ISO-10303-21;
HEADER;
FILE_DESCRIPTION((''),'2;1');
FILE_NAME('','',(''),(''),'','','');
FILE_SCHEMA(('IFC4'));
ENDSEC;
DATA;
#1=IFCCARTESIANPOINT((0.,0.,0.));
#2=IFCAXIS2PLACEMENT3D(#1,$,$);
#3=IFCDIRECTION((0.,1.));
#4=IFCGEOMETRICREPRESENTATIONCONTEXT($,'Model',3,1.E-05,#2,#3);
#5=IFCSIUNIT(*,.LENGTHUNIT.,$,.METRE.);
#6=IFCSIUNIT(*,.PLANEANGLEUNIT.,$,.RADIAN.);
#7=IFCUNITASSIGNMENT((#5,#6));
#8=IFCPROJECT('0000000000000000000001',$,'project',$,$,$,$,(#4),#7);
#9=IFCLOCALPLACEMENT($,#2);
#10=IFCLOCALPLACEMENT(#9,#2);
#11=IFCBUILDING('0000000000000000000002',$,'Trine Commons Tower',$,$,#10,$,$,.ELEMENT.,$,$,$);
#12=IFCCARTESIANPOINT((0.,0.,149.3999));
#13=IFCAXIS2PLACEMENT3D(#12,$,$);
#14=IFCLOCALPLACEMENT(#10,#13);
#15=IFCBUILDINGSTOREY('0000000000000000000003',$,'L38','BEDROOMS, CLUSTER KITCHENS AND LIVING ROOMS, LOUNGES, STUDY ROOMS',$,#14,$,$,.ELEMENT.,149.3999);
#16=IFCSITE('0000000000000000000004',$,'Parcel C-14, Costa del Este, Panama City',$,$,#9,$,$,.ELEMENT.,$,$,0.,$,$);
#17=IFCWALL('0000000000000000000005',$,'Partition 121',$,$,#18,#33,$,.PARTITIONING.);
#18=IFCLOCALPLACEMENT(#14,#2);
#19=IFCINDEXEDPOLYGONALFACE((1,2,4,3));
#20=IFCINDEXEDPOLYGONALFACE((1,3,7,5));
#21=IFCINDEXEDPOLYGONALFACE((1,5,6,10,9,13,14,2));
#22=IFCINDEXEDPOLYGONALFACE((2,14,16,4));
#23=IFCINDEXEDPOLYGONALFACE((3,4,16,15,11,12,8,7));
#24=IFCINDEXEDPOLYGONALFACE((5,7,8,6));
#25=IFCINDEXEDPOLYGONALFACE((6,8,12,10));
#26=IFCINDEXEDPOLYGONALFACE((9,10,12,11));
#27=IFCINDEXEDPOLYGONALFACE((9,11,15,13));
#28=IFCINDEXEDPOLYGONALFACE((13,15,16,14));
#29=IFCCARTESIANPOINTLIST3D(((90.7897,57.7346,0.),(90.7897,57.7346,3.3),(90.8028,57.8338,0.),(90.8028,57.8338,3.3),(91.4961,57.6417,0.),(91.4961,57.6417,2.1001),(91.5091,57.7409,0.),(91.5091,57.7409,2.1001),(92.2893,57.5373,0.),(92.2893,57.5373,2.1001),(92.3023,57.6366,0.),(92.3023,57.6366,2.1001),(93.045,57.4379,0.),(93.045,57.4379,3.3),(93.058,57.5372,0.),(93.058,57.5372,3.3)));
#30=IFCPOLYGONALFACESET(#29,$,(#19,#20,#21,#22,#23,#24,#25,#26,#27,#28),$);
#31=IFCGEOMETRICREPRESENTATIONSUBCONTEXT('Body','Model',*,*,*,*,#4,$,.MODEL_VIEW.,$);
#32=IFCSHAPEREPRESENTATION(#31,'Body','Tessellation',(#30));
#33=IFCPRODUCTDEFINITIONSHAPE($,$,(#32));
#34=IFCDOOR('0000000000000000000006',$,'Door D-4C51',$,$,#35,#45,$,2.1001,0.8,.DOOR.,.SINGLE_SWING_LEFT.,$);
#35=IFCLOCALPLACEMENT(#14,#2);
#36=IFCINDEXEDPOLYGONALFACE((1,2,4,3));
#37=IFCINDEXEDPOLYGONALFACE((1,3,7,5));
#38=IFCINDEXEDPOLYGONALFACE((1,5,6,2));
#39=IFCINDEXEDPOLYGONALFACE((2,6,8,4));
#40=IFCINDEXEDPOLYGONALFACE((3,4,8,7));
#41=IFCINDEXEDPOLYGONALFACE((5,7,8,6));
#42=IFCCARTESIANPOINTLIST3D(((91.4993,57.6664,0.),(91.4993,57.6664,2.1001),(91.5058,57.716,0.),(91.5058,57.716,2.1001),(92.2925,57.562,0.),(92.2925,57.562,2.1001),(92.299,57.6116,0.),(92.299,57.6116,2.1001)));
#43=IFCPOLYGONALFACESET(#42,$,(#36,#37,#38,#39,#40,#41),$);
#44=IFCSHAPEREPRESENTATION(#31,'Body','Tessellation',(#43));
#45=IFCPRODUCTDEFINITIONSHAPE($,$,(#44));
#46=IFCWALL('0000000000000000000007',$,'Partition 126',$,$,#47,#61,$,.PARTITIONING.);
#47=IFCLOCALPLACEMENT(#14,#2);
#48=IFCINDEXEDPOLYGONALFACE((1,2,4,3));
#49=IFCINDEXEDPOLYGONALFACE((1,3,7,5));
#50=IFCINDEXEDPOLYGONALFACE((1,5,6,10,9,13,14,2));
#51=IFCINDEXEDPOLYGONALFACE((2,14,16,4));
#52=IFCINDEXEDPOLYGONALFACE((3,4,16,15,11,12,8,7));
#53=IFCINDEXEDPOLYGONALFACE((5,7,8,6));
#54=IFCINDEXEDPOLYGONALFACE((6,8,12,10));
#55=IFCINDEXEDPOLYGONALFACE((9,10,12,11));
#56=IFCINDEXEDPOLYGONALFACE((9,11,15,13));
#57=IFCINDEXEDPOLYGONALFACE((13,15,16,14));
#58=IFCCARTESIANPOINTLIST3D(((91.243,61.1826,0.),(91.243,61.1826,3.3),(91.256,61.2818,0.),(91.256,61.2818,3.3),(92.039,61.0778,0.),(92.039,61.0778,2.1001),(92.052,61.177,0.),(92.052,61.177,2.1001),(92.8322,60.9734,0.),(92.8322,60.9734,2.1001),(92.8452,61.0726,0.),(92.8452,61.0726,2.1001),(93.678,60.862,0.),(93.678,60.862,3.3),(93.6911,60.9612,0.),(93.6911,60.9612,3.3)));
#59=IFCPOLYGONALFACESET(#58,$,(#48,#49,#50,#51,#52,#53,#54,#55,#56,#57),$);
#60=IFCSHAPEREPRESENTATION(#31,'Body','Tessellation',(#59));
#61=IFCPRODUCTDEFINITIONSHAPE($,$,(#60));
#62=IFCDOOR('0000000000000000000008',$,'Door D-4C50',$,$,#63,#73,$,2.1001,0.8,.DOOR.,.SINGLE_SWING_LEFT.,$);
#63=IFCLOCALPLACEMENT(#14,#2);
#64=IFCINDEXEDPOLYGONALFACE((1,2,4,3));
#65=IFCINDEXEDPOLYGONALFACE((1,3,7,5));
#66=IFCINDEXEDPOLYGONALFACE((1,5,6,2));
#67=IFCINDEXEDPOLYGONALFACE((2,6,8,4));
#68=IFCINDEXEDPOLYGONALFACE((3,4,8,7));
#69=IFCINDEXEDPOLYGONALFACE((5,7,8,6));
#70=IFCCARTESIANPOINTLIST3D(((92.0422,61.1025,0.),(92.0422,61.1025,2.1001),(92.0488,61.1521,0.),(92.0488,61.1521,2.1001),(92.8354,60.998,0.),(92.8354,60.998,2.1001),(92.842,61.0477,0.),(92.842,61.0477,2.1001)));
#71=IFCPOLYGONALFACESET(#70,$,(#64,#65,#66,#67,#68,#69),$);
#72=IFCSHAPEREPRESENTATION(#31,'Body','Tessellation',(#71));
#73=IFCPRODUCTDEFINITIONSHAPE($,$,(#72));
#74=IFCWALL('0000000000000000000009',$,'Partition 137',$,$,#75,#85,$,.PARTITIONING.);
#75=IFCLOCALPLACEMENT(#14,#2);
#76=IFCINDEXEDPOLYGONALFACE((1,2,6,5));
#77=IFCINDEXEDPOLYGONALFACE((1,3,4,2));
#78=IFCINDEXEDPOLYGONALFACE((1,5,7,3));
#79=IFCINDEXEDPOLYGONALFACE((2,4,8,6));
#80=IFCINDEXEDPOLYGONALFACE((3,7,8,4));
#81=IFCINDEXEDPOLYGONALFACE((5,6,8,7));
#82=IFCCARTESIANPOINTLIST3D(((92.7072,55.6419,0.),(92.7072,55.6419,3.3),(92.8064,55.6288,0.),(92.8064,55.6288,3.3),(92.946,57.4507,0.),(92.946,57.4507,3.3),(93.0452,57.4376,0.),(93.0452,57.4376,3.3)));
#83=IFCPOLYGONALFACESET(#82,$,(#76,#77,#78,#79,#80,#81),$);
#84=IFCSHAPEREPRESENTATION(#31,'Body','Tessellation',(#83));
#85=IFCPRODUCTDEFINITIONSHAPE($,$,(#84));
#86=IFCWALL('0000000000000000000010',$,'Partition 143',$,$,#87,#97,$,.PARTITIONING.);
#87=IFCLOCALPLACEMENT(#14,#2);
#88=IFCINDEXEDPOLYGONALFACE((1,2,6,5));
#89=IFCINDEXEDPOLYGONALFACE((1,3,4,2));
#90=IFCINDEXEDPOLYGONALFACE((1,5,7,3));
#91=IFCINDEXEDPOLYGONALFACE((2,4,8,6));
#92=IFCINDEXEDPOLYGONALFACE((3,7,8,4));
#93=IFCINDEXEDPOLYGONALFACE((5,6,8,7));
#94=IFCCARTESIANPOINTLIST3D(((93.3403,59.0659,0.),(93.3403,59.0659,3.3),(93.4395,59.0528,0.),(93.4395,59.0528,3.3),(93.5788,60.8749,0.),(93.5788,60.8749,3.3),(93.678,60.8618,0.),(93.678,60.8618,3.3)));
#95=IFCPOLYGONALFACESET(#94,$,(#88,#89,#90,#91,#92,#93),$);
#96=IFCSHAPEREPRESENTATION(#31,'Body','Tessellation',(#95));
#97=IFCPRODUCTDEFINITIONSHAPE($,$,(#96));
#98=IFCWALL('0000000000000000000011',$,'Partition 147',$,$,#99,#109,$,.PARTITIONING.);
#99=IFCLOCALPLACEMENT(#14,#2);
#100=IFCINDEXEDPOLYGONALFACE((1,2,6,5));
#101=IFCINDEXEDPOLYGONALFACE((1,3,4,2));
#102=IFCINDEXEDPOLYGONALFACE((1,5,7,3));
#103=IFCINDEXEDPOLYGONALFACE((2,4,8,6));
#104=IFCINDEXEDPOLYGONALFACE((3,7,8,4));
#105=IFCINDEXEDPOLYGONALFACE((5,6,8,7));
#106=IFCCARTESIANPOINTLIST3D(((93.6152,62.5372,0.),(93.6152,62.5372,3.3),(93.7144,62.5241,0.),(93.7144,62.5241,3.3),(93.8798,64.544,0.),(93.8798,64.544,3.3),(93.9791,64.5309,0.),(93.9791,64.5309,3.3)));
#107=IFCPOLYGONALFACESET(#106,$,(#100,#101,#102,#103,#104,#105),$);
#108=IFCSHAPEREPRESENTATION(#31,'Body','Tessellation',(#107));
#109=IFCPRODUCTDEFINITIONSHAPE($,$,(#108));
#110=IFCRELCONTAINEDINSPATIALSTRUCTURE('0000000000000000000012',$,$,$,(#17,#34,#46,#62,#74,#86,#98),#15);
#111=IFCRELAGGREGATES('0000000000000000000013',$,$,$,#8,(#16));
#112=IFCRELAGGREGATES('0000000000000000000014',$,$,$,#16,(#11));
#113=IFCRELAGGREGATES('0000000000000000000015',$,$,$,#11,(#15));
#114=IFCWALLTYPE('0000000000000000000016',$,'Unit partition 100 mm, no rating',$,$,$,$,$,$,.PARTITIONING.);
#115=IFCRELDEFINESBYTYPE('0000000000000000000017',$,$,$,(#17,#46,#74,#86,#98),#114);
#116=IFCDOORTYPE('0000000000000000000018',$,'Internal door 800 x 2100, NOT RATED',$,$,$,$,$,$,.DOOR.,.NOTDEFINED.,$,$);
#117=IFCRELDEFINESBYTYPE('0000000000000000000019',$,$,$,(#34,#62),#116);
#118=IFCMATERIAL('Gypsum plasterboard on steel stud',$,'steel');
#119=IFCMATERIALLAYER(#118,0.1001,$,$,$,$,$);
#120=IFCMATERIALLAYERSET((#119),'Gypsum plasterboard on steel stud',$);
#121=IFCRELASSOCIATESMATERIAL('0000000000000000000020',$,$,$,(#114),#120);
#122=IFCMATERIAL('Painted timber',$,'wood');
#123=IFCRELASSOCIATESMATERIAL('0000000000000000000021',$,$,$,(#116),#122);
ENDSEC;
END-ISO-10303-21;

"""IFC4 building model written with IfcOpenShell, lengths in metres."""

from ifc_helpers import new_model, si_unit, direction, frame, frame_2d, origin, place, context, subcontext, project, spatial, rectangle, extrude, material, layer, layer_set, type_object, element, fill, save


model = new_model("IFC4")

# Units and contexts
model_context = context("Model", 3, precision=1e-05, world=origin(), true_north=direction((0.0, 1.0)))
body_context = subcontext(model_context, "Body", "Model", "MODEL_VIEW")
ifc_project = project(units=[si_unit("LENGTHUNIT", "METRE"), si_unit("PLANEANGLEUNIT", "RADIAN")], contexts=[model_context])

# Site, building, storey
site_placement = place(None, origin())
site = spatial("IfcSite", under=ifc_project, at=site_placement, Name="Parcel C-14, Costa del Este, Panama City", CompositionType="ELEMENT", RefElevation=0.0)
building_placement = place(site_placement, origin())
building = spatial("IfcBuilding", under=site, at=building_placement, Name="Trine Commons Tower", CompositionType="ELEMENT")
storey_placement = place(building_placement, frame((0.0, 0.0, 149.3999)))
storey = spatial("IfcBuildingStorey", under=building, at=storey_placement, Name="L38", Description="BEDROOMS, CLUSTER KITCHENS AND LIVING ROOMS, LOUNGES, STUDY ROOMS", CompositionType="ELEMENT", Elevation=149.3999)

# Shared definitions
ifc_material_1 = material(Name="Gypsum plasterboard on steel stud", Category="steel")

# Shared definitions
ifc_material_2 = material(Name="Painted timber", Category="wood")

# Walls, openings, doors
ifc_layer_1 = layer(ifc_material_1, 0.1001)
ifc_layer_set_1 = layer_set([ifc_layer_1], Name="Gypsum plasterboard on steel stud")
wall_type_1 = type_object("IfcWallType", Name="Unit partition 100 mm, no rating", PredefinedType="PARTITIONING", material=ifc_layer_set_1)
wall_1_placement = place(storey_placement, frame((90.7964, 57.7842, 0.0), z_axis=(0.0, 0.0, 1.0), x_axis=(0.99146, -0.130413, 0.0)))
wall_1 = element("IfcWall", 1, at=wall_1_placement, inside=storey, type_object=wall_type_1, Name="Partition 121", PredefinedType="PARTITIONING", context=body_context, shape_type="SweptSolid", body=[
    extrude(rectangle(XDim=2.2747, YDim=0.1001, at=frame_2d((1.1372, 0.0))), origin(), (0.0, 0.0, 1.0), 3.3),
])
opening_1_placement = place(wall_1_placement, frame((0.7124, 0.0, 0.0)))
opening_1 = element("IfcOpeningElement", 2, at=opening_1_placement, cuts=wall_1, PredefinedType="OPENING", context=body_context, shape_type="SweptSolid", body=[
    extrude(rectangle(XDim=0.8, YDim=2.1001, at=frame_2d((0.3999, 1.05))), frame((0.0, 0.0601, 0.0), z_axis=(0.0, -1.0, 0.0), x_axis=(1.0, 0.0, 0.0)), (0.0, 0.0, 1.0), 0.1201),
])
door_type_1 = type_object("IfcDoorType", Name="Internal door 800 x 2100, NOT RATED", OperationType="NOTDEFINED", PredefinedType="DOOR", material=ifc_material_2)
door_1_placement = place(opening_1_placement, origin())
door_1 = element("IfcDoor", 3, at=door_1_placement, inside=storey, type_object=door_type_1, Name="Door D-4C51", OperationType="SINGLE_SWING_LEFT", OverallHeight=2.1001, OverallWidth=0.8, PredefinedType="DOOR", context=body_context, shape_type="SweptSolid", body=[
    extrude(rectangle(XDim=0.8, YDim=2.1001, at=frame_2d((0.3999, 1.05))), frame((0.0, 0.0249, 0.0), z_axis=(0.0, -1.0, 0.0), x_axis=(1.0, 0.0, 0.0)), (0.0, 0.0, 1.0), 0.05),
])
fill(opening_1, door_1)
wall_2_placement = place(storey_placement, frame((91.2495, 61.2322, 0.0), z_axis=(0.0, 0.0, 1.0), x_axis=(0.991446, -0.130516, 0.0)))
wall_2 = element("IfcWall", 4, at=wall_2_placement, inside=storey, type_object=wall_type_1, Name="Partition 126", PredefinedType="PARTITIONING", context=body_context, shape_type="SweptSolid", body=[
    extrude(rectangle(XDim=2.4561, YDim=0.1001, at=frame_2d((1.228, 0.0))), origin(), (0.0, 0.0, 1.0), 3.3),
])
opening_2_placement = place(wall_2_placement, frame((0.803, 0.0, 0.0)))
opening_2 = element("IfcOpeningElement", 5, at=opening_2_placement, cuts=wall_2, PredefinedType="OPENING", context=body_context, shape_type="SweptSolid", body=[
    extrude(rectangle(XDim=0.8, YDim=2.1001, at=frame_2d((0.3999, 1.05))), frame((0.0, 0.0601, 0.0), z_axis=(0.0, -1.0, 0.0), x_axis=(1.0, 0.0, 0.0)), (0.0, 0.0, 1.0), 0.1201),
])
door_2_placement = place(opening_2_placement, origin())
door_2 = element("IfcDoor", 6, at=door_2_placement, inside=storey, type_object=door_type_1, Name="Door D-4C50", OperationType="SINGLE_SWING_LEFT", OverallHeight=2.1001, OverallWidth=0.8, PredefinedType="DOOR", context=body_context, shape_type="SweptSolid", body=[
    extrude(rectangle(XDim=0.8, YDim=2.1001, at=frame_2d((0.3999, 1.05))), frame((0.0, 0.0249, 0.0), z_axis=(0.0, -1.0, 0.0), x_axis=(1.0, 0.0, 0.0)), (0.0, 0.0, 1.0), 0.05),
])
fill(opening_2, door_2)

# Walls
wall_3_placement = place(storey_placement, frame((92.7568, 55.6355, 0.0), z_axis=(0.0, 0.0, 1.0), x_axis=(0.130866, 0.9914, 0.0)))
element("IfcWall", 7, at=wall_3_placement, inside=storey, type_object=wall_type_1, Name="Partition 137", PredefinedType="PARTITIONING", context=body_context, shape_type="SweptSolid", body=[
    extrude(rectangle(XDim=1.8245, YDim=0.1001, at=frame_2d((0.9121, 0.0))), origin(), (0.0, 0.0, 1.0), 3.3),
])
wall_4_placement = place(storey_placement, frame((93.3899, 59.0593, 0.0), z_axis=(0.0, 0.0, 1.0), x_axis=(0.130718, 0.99142, 0.0)))
element("IfcWall", 8, at=wall_4_placement, inside=storey, type_object=wall_type_1, Name="Partition 143", PredefinedType="PARTITIONING", context=body_context, shape_type="SweptSolid", body=[
    extrude(rectangle(XDim=1.8247, YDim=0.1001, at=frame_2d((0.9124, 0.0))), origin(), (0.0, 0.0, 1.0), 3.3),
])
wall_5_placement = place(storey_placement, frame((93.6648, 62.5305, 0.0), z_axis=(0.0, 0.0, 1.0), x_axis=(0.130742, 0.991416, 0.0)))
element("IfcWall", 9, at=wall_5_placement, inside=storey, type_object=wall_type_1, Name="Partition 147", PredefinedType="PARTITIONING", context=body_context, shape_type="SweptSolid", body=[
    extrude(rectangle(XDim=2.0242, YDim=0.1001, at=frame_2d((1.0122, 0.0))), origin(), (0.0, 0.0, 1.0), 3.3),
])

save(model, "model.ifc")
